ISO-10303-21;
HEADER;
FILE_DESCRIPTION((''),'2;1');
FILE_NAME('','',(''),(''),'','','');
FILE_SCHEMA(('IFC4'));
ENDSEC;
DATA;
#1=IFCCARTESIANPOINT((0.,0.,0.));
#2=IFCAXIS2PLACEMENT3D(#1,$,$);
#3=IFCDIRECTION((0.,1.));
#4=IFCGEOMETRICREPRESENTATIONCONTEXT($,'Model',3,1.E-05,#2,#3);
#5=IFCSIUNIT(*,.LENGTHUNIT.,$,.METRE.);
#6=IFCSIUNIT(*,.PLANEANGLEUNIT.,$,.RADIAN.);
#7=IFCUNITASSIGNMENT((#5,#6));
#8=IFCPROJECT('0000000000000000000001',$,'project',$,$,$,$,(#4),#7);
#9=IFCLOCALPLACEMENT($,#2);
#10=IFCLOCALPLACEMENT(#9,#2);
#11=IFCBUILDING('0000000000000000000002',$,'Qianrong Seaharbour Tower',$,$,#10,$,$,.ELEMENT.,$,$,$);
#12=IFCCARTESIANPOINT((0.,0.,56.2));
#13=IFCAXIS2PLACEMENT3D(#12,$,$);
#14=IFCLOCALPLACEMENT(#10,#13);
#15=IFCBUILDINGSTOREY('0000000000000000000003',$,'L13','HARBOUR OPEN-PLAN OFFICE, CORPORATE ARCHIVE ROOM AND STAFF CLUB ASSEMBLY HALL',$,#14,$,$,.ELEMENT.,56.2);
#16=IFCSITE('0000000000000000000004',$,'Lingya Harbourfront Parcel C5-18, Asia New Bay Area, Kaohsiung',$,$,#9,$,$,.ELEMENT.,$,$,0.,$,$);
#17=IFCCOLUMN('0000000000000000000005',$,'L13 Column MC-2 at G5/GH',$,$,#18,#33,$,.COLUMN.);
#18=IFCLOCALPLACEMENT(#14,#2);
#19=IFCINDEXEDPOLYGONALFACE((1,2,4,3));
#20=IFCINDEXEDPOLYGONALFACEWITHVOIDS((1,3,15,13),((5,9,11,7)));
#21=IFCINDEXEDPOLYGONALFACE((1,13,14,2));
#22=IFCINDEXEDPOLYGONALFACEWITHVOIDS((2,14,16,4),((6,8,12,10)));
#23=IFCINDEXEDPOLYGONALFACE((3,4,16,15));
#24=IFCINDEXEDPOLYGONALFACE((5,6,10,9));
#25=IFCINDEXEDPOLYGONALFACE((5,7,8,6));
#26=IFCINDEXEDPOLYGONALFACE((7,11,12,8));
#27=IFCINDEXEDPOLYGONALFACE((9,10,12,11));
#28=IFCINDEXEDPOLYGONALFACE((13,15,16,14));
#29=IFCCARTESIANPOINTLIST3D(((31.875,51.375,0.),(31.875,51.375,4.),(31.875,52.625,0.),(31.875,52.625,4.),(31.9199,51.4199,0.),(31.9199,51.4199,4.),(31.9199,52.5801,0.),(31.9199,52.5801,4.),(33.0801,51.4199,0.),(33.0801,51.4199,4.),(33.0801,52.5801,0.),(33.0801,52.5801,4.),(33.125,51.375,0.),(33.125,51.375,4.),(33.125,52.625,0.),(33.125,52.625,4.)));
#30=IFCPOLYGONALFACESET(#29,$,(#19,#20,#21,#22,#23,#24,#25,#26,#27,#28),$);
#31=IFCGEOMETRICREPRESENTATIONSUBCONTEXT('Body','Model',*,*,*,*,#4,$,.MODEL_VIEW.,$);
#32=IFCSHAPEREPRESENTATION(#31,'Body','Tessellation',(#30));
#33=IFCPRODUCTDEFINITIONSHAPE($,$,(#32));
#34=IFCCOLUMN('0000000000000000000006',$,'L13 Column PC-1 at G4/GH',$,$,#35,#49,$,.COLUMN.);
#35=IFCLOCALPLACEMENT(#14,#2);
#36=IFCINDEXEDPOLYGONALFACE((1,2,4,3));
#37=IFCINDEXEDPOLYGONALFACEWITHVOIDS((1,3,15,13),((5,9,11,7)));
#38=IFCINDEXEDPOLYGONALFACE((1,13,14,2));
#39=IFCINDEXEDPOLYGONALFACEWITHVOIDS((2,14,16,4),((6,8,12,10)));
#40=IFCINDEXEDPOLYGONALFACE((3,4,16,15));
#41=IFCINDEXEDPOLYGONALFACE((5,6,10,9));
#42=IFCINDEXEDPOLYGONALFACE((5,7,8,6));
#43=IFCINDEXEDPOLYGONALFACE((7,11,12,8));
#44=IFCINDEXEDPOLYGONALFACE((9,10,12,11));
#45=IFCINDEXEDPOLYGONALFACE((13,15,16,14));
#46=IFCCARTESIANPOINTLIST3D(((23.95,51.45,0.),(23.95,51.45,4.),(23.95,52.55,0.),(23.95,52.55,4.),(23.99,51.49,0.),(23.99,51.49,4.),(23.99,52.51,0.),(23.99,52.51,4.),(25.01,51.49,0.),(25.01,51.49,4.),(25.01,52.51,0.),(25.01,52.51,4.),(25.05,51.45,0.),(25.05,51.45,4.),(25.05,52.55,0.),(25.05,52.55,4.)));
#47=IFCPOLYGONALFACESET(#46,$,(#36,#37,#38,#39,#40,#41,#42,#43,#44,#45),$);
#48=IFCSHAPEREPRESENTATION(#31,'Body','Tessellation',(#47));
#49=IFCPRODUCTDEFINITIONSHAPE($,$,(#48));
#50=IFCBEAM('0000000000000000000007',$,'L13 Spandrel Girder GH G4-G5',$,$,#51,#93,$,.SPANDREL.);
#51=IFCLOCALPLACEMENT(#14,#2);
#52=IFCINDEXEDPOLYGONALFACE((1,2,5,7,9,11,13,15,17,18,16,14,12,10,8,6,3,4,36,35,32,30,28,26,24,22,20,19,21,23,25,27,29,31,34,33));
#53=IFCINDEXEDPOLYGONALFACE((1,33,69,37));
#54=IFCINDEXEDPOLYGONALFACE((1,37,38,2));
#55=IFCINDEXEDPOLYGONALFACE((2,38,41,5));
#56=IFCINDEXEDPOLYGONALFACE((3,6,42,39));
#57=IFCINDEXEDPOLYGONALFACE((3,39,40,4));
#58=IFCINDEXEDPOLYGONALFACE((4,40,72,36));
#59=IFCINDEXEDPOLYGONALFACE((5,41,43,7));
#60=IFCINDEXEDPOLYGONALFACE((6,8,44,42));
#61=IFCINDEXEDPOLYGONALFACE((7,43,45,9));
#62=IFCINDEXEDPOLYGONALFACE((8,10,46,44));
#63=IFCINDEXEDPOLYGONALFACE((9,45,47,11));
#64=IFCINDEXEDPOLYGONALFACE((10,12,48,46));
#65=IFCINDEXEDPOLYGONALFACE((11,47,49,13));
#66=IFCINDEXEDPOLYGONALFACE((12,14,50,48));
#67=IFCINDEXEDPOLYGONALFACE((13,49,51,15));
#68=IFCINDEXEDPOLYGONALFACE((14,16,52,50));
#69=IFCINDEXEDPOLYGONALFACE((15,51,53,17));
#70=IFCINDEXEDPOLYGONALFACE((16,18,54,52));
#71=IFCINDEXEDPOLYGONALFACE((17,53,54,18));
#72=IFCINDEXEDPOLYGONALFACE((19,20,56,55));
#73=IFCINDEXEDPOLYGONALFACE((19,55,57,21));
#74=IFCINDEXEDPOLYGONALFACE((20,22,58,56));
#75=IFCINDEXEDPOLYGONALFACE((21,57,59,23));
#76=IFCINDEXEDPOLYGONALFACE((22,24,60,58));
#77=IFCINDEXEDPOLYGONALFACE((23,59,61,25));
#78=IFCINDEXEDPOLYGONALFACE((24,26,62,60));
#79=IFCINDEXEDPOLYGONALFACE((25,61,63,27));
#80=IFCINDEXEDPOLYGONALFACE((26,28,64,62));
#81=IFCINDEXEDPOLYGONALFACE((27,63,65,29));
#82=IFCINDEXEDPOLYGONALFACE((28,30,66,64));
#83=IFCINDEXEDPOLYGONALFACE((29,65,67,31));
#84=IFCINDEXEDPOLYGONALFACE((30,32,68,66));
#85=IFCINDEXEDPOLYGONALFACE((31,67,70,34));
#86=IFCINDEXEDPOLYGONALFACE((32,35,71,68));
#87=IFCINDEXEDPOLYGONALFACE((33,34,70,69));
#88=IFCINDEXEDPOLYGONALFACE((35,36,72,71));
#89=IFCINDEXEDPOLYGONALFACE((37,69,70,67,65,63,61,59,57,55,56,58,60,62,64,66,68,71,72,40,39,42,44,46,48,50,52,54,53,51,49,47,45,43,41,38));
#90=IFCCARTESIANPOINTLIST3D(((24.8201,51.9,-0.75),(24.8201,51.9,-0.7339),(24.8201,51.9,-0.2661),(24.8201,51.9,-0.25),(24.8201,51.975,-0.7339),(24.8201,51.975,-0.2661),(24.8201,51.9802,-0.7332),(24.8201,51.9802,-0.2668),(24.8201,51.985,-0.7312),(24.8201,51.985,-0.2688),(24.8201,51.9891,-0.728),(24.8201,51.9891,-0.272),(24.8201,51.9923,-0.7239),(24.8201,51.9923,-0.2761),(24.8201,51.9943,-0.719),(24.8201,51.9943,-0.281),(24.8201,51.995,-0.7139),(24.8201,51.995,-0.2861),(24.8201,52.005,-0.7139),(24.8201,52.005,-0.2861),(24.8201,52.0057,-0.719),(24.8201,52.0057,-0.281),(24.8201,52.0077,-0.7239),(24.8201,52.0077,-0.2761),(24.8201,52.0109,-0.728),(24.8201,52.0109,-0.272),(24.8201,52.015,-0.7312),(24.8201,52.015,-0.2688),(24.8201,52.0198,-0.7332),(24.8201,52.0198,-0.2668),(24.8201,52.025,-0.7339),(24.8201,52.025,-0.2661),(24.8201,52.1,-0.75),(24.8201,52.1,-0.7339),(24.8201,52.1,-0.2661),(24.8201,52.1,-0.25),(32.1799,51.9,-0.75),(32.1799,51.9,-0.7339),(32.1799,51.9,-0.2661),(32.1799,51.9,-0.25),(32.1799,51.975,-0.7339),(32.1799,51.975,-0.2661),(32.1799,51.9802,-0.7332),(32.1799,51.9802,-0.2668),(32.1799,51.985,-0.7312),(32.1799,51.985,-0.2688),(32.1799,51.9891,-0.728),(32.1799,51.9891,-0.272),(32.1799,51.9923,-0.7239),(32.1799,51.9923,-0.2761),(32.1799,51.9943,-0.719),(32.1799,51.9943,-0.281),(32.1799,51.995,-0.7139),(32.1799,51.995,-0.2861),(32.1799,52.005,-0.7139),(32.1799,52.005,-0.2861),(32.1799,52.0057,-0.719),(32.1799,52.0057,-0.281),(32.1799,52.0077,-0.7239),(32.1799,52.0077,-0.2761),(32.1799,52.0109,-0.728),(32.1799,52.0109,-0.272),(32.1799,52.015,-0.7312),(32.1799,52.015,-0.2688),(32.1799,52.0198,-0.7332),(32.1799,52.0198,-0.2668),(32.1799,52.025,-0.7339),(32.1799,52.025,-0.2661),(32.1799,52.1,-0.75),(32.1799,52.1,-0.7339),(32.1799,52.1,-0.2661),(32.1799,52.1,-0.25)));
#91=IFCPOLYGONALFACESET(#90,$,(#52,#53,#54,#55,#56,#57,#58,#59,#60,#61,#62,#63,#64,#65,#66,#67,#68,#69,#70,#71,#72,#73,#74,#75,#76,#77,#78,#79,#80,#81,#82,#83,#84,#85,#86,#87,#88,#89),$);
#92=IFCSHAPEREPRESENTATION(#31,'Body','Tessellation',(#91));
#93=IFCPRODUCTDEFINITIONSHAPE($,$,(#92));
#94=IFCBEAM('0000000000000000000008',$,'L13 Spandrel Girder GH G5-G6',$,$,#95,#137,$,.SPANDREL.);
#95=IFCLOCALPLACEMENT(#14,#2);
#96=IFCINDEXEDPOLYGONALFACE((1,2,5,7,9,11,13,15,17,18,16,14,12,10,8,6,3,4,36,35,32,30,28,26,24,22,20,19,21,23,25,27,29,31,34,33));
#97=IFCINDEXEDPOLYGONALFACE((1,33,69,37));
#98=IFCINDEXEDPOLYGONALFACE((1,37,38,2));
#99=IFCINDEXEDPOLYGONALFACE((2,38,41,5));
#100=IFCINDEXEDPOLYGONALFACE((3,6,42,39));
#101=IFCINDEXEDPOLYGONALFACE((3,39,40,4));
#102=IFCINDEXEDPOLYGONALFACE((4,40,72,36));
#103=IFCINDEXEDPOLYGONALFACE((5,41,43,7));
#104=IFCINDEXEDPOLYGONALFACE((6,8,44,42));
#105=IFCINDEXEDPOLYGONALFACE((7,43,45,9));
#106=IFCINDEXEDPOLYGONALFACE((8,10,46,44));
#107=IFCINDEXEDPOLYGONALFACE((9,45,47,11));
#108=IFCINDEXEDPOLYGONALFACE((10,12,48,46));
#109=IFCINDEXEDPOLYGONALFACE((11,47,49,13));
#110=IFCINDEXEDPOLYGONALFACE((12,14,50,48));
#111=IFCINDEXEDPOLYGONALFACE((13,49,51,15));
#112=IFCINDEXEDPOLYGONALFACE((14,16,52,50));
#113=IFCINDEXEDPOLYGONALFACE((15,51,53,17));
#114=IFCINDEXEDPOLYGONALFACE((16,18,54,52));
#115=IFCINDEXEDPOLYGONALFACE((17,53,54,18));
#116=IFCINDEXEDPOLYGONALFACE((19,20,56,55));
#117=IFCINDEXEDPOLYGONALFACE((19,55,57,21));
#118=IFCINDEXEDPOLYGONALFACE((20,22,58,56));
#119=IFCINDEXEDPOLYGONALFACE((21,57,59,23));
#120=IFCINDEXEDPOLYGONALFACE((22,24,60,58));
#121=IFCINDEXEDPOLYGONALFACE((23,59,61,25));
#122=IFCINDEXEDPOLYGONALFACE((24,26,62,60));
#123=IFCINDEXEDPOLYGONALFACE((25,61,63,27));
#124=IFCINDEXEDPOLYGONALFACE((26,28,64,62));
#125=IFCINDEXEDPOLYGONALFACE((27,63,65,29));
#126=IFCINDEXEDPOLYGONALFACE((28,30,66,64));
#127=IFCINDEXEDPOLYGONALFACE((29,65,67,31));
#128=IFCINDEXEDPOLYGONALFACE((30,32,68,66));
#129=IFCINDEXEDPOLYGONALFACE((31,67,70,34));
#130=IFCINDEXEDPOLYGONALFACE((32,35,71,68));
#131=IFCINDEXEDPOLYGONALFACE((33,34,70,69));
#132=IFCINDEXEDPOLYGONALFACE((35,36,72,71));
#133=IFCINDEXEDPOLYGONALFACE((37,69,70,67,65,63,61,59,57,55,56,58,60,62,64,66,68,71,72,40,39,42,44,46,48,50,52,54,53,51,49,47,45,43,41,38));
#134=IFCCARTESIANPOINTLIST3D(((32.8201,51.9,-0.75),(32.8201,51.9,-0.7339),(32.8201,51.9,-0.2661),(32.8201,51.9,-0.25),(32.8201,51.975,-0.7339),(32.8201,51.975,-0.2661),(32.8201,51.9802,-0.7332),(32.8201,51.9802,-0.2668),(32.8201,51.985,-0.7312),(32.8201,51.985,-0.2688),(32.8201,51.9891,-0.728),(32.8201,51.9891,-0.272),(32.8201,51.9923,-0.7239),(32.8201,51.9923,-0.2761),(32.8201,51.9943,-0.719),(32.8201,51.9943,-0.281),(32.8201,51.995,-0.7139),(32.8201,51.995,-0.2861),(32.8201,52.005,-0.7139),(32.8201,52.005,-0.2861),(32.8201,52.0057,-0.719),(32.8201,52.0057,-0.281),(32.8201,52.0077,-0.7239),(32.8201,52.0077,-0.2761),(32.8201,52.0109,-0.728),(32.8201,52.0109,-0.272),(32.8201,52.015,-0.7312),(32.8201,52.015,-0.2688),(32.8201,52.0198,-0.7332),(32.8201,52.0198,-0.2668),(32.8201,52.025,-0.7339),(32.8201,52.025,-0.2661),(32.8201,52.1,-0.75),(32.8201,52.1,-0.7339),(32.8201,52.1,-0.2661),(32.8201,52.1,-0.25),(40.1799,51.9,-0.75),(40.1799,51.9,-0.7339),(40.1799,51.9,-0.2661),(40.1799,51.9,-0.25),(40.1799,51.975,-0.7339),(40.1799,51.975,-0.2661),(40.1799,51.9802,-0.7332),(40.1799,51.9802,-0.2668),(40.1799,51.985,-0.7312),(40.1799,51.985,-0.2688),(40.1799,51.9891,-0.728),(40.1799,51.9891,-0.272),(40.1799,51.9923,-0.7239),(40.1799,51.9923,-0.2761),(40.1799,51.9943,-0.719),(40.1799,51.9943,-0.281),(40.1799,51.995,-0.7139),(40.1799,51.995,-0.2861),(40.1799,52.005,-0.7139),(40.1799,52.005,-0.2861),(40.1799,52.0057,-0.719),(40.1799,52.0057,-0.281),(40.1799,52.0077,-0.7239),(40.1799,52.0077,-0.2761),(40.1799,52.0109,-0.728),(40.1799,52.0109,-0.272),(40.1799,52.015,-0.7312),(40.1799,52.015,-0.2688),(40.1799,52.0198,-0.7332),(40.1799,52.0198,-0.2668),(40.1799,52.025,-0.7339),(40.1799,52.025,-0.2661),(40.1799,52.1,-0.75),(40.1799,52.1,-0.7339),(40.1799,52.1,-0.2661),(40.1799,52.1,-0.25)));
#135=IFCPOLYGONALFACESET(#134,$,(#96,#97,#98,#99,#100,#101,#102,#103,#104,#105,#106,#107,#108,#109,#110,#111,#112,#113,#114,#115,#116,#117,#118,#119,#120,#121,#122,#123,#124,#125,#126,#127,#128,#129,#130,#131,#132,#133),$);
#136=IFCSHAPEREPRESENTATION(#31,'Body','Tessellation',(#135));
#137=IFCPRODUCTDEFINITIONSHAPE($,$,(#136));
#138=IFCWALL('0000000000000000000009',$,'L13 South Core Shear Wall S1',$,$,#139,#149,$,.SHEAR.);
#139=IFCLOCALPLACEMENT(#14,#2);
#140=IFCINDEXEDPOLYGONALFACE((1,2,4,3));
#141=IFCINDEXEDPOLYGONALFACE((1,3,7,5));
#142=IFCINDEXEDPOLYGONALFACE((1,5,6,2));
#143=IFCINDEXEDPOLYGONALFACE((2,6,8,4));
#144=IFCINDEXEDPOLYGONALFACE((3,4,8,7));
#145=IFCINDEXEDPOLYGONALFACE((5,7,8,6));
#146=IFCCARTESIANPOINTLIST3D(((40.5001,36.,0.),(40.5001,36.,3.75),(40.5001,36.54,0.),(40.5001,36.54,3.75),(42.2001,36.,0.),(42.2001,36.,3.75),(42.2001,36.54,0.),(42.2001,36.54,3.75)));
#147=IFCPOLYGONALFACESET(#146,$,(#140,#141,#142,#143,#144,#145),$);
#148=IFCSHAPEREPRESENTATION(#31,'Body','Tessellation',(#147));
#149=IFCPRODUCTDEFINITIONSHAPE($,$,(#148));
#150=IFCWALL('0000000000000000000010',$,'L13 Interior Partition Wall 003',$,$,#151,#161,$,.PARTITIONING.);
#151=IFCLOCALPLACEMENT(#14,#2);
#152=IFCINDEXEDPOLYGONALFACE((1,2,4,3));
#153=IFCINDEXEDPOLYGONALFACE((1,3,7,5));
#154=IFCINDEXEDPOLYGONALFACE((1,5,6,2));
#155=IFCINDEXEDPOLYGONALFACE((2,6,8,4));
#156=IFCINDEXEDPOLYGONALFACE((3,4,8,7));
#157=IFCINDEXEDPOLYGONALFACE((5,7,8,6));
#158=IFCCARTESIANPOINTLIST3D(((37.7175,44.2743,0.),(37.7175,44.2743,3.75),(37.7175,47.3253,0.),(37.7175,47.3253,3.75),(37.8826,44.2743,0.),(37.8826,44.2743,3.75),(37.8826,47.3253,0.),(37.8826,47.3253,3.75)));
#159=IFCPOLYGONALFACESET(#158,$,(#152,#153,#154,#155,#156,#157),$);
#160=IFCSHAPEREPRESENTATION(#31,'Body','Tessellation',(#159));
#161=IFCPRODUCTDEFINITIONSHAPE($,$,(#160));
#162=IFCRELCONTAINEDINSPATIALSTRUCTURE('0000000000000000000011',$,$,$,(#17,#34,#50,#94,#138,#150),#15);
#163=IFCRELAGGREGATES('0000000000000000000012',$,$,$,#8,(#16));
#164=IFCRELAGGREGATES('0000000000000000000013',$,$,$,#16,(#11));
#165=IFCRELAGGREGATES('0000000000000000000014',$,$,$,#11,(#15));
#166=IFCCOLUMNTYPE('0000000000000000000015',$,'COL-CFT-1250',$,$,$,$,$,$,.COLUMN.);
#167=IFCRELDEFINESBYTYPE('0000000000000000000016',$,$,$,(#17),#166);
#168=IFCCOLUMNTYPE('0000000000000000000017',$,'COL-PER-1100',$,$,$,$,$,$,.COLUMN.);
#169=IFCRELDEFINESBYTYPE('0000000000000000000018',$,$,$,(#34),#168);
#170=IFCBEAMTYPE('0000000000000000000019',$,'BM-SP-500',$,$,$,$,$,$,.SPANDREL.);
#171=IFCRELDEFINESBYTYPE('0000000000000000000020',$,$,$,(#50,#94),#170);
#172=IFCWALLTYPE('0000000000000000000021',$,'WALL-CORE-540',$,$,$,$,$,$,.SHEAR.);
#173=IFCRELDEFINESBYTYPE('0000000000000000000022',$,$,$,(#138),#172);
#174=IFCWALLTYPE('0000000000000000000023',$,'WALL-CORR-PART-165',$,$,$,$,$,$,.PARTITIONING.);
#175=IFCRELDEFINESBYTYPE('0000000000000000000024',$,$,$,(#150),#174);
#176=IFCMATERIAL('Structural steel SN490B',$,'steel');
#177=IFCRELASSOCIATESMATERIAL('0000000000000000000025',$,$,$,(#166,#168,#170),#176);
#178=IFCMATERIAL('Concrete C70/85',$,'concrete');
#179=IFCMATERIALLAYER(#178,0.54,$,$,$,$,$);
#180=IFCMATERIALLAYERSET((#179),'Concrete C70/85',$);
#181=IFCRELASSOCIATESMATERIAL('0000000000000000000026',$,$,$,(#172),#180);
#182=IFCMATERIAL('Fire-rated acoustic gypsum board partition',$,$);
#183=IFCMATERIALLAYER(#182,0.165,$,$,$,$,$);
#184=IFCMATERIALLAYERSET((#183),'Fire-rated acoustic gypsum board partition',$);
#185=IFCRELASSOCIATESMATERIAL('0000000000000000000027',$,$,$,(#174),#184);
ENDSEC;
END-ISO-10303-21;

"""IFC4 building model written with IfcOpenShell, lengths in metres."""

from ifc_helpers import new_model, si_unit, direction, frame, frame_2d, origin, origin_2d, place, context, subcontext, project, spatial, rectangle, hollow_rectangle, i_section, extrude, material, layer, layer_set, material_profile, profile_set, type_object, element, save


model = new_model("IFC4")

# Units and contexts
model_context = context("Model", 3, precision=1e-05, world=origin(), true_north=direction((0.0, 1.0)))
body_context = subcontext(model_context, "Body", "Model", "MODEL_VIEW")
ifc_project = project(units=[si_unit("LENGTHUNIT", "METRE"), si_unit("PLANEANGLEUNIT", "RADIAN")], contexts=[model_context])

# Site, building, storey
site_placement = place(None, origin())
site = spatial("IfcSite", under=ifc_project, at=site_placement, Name="Lingya Harbourfront Parcel C5-18, Asia New Bay Area, Kaohsiung", CompositionType="ELEMENT", RefElevation=0.0)
building_placement = place(site_placement, origin())
building = spatial("IfcBuilding", under=site, at=building_placement, Name="Qianrong Seaharbour Tower", CompositionType="ELEMENT")
storey_placement = place(building_placement, frame((0.0, 0.0, 56.2)))
storey = spatial("IfcBuildingStorey", under=building, at=storey_placement, Name="L13", Description="HARBOUR OPEN-PLAN OFFICE, CORPORATE ARCHIVE ROOM AND STAFF CLUB ASSEMBLY HALL", CompositionType="ELEMENT", Elevation=56.2)

# Columns
ifc_material_1 = material(Name="Structural steel SN490B", Category="steel")
ifc_material_profile_1 = material_profile(ifc_material_1, hollow_rectangle(XDim=1.25, YDim=1.25, WallThickness=0.0449, at=origin_2d()), Name="BOX1250x1250x45")
ifc_profile_set_1 = profile_set([ifc_material_profile_1], Name="Structural steel SN490B")
column_type_1 = type_object("IfcColumnType", Name="COL-CFT-1250", PredefinedType="COLUMN", material=ifc_profile_set_1)
column_1_placement = place(storey_placement, frame((32.5, 52.0, 0.0), z_axis=(0.0, 0.0, 1.0), x_axis=(1.0, 0.0, 0.0)))
element("IfcColumn", 1, at=column_1_placement, inside=storey, type_object=column_type_1, Name="L13 Column MC-2 at G5/GH", PredefinedType="COLUMN", context=body_context, shape_type="SweptSolid", body=[
    extrude(hollow_rectangle(XDim=1.25, YDim=1.25, WallThickness=0.0449, at=origin_2d()), origin(), (0.0, 0.0, 1.0), 4.0),
])
ifc_material_profile_2 = material_profile(ifc_material_1, hollow_rectangle(XDim=1.1001, YDim=1.1001, WallThickness=0.04, at=origin_2d()), Name="BOX1100x1100x40")
ifc_profile_set_2 = profile_set([ifc_material_profile_2], Name="Structural steel SN490B")
column_type_2 = type_object("IfcColumnType", Name="COL-PER-1100", PredefinedType="COLUMN", material=ifc_profile_set_2)
column_2_placement = place(storey_placement, frame((24.5, 52.0, 0.0), z_axis=(0.0, 0.0, 1.0), x_axis=(1.0, 0.0, 0.0)))
element("IfcColumn", 2, at=column_2_placement, inside=storey, type_object=column_type_2, Name="L13 Column PC-1 at G4/GH", PredefinedType="COLUMN", context=body_context, shape_type="SweptSolid", body=[
    extrude(hollow_rectangle(XDim=1.1001, YDim=1.1001, WallThickness=0.04, at=origin_2d()), origin(), (0.0, 0.0, 1.0), 4.0),
])

# Beams
ifc_material_profile_3 = material_profile(ifc_material_1, i_section(OverallWidth=0.2, OverallDepth=0.5, WebThickness=0.01, FlangeThickness=0.0161, FilletRadius=0.02, at=origin_2d()), Name="H500x200x10x16")
ifc_profile_set_3 = profile_set([ifc_material_profile_3], Name="Structural steel SN490B")
beam_type = type_object("IfcBeamType", Name="BM-SP-500", PredefinedType="SPANDREL", material=ifc_profile_set_3)
for number, where, z_axis, x_axis, name in (
    (3, (24.8201, 52.0, -0.5), (1.0, 0.0, 0.0), (0.0, 1.0, 0.0), "L13 Spandrel Girder GH G4-G5"),
    (4, (32.8201, 52.0, -0.5), (1.0, 0.0, 0.0), (0.0, 1.0, 0.0), "L13 Spandrel Girder GH G5-G6"),
):
    element("IfcBeam", number, at=place(storey_placement, frame(where, z_axis=z_axis, x_axis=x_axis)), inside=storey, type_object=beam_type, Name=name, PredefinedType="SPANDREL", context=body_context, shape_type="SweptSolid", body=[
        extrude(i_section(OverallWidth=0.2, OverallDepth=0.5, WebThickness=0.01, FlangeThickness=0.0161, FilletRadius=0.02, at=origin_2d()), origin(), (0.0, 0.0, 1.0), 7.3599),
    ])

# Wall
ifc_material_2 = material(Name="Concrete C70/85", Category="concrete")
ifc_layer_1 = layer(ifc_material_2, 0.54)
ifc_layer_set_1 = layer_set([ifc_layer_1], Name="Concrete C70/85")
wall_type_1 = type_object("IfcWallType", Name="WALL-CORE-540", PredefinedType="SHEAR", material=ifc_layer_set_1)
wall_1_placement = place(storey_placement, frame((40.5, 36.27, 0.0), z_axis=(0.0, 0.0, 1.0), x_axis=(1.0, 0.0, 0.0)))
element("IfcWall", 5, at=wall_1_placement, inside=storey, type_object=wall_type_1, Name="L13 South Core Shear Wall S1", PredefinedType="SHEAR", context=body_context, shape_type="SweptSolid", body=[
    extrude(rectangle(XDim=1.7, YDim=0.54, at=frame_2d((0.8501, 0.0))), origin(), (0.0, 0.0, 1.0), 3.75),
])

# Shared definitions
ifc_material_3 = material(Name="Fire-rated acoustic gypsum board partition")
ifc_layer_2 = layer(ifc_material_3, 0.165)
ifc_layer_set_2 = layer_set([ifc_layer_2], Name="Fire-rated acoustic gypsum board partition")
wall_type_2 = type_object("IfcWallType", Name="WALL-CORR-PART-165", PredefinedType="PARTITIONING", material=ifc_layer_set_2)

# Wall
wall_2_placement = place(storey_placement, frame((37.8, 44.2744, 0.0), z_axis=(0.0, 0.0, 1.0), x_axis=(0.0, 1.0, 0.0)))
element("IfcWall", 6, at=wall_2_placement, inside=storey, type_object=wall_type_2, Name="L13 Interior Partition Wall 003", PredefinedType="PARTITIONING", context=body_context, shape_type="SweptSolid", body=[
    extrude(rectangle(XDim=3.051, YDim=0.165, at=frame_2d((1.5254, 0.0))), origin(), (0.0, 0.0, 1.0), 3.75),
])

save(model, "model.ifc")
